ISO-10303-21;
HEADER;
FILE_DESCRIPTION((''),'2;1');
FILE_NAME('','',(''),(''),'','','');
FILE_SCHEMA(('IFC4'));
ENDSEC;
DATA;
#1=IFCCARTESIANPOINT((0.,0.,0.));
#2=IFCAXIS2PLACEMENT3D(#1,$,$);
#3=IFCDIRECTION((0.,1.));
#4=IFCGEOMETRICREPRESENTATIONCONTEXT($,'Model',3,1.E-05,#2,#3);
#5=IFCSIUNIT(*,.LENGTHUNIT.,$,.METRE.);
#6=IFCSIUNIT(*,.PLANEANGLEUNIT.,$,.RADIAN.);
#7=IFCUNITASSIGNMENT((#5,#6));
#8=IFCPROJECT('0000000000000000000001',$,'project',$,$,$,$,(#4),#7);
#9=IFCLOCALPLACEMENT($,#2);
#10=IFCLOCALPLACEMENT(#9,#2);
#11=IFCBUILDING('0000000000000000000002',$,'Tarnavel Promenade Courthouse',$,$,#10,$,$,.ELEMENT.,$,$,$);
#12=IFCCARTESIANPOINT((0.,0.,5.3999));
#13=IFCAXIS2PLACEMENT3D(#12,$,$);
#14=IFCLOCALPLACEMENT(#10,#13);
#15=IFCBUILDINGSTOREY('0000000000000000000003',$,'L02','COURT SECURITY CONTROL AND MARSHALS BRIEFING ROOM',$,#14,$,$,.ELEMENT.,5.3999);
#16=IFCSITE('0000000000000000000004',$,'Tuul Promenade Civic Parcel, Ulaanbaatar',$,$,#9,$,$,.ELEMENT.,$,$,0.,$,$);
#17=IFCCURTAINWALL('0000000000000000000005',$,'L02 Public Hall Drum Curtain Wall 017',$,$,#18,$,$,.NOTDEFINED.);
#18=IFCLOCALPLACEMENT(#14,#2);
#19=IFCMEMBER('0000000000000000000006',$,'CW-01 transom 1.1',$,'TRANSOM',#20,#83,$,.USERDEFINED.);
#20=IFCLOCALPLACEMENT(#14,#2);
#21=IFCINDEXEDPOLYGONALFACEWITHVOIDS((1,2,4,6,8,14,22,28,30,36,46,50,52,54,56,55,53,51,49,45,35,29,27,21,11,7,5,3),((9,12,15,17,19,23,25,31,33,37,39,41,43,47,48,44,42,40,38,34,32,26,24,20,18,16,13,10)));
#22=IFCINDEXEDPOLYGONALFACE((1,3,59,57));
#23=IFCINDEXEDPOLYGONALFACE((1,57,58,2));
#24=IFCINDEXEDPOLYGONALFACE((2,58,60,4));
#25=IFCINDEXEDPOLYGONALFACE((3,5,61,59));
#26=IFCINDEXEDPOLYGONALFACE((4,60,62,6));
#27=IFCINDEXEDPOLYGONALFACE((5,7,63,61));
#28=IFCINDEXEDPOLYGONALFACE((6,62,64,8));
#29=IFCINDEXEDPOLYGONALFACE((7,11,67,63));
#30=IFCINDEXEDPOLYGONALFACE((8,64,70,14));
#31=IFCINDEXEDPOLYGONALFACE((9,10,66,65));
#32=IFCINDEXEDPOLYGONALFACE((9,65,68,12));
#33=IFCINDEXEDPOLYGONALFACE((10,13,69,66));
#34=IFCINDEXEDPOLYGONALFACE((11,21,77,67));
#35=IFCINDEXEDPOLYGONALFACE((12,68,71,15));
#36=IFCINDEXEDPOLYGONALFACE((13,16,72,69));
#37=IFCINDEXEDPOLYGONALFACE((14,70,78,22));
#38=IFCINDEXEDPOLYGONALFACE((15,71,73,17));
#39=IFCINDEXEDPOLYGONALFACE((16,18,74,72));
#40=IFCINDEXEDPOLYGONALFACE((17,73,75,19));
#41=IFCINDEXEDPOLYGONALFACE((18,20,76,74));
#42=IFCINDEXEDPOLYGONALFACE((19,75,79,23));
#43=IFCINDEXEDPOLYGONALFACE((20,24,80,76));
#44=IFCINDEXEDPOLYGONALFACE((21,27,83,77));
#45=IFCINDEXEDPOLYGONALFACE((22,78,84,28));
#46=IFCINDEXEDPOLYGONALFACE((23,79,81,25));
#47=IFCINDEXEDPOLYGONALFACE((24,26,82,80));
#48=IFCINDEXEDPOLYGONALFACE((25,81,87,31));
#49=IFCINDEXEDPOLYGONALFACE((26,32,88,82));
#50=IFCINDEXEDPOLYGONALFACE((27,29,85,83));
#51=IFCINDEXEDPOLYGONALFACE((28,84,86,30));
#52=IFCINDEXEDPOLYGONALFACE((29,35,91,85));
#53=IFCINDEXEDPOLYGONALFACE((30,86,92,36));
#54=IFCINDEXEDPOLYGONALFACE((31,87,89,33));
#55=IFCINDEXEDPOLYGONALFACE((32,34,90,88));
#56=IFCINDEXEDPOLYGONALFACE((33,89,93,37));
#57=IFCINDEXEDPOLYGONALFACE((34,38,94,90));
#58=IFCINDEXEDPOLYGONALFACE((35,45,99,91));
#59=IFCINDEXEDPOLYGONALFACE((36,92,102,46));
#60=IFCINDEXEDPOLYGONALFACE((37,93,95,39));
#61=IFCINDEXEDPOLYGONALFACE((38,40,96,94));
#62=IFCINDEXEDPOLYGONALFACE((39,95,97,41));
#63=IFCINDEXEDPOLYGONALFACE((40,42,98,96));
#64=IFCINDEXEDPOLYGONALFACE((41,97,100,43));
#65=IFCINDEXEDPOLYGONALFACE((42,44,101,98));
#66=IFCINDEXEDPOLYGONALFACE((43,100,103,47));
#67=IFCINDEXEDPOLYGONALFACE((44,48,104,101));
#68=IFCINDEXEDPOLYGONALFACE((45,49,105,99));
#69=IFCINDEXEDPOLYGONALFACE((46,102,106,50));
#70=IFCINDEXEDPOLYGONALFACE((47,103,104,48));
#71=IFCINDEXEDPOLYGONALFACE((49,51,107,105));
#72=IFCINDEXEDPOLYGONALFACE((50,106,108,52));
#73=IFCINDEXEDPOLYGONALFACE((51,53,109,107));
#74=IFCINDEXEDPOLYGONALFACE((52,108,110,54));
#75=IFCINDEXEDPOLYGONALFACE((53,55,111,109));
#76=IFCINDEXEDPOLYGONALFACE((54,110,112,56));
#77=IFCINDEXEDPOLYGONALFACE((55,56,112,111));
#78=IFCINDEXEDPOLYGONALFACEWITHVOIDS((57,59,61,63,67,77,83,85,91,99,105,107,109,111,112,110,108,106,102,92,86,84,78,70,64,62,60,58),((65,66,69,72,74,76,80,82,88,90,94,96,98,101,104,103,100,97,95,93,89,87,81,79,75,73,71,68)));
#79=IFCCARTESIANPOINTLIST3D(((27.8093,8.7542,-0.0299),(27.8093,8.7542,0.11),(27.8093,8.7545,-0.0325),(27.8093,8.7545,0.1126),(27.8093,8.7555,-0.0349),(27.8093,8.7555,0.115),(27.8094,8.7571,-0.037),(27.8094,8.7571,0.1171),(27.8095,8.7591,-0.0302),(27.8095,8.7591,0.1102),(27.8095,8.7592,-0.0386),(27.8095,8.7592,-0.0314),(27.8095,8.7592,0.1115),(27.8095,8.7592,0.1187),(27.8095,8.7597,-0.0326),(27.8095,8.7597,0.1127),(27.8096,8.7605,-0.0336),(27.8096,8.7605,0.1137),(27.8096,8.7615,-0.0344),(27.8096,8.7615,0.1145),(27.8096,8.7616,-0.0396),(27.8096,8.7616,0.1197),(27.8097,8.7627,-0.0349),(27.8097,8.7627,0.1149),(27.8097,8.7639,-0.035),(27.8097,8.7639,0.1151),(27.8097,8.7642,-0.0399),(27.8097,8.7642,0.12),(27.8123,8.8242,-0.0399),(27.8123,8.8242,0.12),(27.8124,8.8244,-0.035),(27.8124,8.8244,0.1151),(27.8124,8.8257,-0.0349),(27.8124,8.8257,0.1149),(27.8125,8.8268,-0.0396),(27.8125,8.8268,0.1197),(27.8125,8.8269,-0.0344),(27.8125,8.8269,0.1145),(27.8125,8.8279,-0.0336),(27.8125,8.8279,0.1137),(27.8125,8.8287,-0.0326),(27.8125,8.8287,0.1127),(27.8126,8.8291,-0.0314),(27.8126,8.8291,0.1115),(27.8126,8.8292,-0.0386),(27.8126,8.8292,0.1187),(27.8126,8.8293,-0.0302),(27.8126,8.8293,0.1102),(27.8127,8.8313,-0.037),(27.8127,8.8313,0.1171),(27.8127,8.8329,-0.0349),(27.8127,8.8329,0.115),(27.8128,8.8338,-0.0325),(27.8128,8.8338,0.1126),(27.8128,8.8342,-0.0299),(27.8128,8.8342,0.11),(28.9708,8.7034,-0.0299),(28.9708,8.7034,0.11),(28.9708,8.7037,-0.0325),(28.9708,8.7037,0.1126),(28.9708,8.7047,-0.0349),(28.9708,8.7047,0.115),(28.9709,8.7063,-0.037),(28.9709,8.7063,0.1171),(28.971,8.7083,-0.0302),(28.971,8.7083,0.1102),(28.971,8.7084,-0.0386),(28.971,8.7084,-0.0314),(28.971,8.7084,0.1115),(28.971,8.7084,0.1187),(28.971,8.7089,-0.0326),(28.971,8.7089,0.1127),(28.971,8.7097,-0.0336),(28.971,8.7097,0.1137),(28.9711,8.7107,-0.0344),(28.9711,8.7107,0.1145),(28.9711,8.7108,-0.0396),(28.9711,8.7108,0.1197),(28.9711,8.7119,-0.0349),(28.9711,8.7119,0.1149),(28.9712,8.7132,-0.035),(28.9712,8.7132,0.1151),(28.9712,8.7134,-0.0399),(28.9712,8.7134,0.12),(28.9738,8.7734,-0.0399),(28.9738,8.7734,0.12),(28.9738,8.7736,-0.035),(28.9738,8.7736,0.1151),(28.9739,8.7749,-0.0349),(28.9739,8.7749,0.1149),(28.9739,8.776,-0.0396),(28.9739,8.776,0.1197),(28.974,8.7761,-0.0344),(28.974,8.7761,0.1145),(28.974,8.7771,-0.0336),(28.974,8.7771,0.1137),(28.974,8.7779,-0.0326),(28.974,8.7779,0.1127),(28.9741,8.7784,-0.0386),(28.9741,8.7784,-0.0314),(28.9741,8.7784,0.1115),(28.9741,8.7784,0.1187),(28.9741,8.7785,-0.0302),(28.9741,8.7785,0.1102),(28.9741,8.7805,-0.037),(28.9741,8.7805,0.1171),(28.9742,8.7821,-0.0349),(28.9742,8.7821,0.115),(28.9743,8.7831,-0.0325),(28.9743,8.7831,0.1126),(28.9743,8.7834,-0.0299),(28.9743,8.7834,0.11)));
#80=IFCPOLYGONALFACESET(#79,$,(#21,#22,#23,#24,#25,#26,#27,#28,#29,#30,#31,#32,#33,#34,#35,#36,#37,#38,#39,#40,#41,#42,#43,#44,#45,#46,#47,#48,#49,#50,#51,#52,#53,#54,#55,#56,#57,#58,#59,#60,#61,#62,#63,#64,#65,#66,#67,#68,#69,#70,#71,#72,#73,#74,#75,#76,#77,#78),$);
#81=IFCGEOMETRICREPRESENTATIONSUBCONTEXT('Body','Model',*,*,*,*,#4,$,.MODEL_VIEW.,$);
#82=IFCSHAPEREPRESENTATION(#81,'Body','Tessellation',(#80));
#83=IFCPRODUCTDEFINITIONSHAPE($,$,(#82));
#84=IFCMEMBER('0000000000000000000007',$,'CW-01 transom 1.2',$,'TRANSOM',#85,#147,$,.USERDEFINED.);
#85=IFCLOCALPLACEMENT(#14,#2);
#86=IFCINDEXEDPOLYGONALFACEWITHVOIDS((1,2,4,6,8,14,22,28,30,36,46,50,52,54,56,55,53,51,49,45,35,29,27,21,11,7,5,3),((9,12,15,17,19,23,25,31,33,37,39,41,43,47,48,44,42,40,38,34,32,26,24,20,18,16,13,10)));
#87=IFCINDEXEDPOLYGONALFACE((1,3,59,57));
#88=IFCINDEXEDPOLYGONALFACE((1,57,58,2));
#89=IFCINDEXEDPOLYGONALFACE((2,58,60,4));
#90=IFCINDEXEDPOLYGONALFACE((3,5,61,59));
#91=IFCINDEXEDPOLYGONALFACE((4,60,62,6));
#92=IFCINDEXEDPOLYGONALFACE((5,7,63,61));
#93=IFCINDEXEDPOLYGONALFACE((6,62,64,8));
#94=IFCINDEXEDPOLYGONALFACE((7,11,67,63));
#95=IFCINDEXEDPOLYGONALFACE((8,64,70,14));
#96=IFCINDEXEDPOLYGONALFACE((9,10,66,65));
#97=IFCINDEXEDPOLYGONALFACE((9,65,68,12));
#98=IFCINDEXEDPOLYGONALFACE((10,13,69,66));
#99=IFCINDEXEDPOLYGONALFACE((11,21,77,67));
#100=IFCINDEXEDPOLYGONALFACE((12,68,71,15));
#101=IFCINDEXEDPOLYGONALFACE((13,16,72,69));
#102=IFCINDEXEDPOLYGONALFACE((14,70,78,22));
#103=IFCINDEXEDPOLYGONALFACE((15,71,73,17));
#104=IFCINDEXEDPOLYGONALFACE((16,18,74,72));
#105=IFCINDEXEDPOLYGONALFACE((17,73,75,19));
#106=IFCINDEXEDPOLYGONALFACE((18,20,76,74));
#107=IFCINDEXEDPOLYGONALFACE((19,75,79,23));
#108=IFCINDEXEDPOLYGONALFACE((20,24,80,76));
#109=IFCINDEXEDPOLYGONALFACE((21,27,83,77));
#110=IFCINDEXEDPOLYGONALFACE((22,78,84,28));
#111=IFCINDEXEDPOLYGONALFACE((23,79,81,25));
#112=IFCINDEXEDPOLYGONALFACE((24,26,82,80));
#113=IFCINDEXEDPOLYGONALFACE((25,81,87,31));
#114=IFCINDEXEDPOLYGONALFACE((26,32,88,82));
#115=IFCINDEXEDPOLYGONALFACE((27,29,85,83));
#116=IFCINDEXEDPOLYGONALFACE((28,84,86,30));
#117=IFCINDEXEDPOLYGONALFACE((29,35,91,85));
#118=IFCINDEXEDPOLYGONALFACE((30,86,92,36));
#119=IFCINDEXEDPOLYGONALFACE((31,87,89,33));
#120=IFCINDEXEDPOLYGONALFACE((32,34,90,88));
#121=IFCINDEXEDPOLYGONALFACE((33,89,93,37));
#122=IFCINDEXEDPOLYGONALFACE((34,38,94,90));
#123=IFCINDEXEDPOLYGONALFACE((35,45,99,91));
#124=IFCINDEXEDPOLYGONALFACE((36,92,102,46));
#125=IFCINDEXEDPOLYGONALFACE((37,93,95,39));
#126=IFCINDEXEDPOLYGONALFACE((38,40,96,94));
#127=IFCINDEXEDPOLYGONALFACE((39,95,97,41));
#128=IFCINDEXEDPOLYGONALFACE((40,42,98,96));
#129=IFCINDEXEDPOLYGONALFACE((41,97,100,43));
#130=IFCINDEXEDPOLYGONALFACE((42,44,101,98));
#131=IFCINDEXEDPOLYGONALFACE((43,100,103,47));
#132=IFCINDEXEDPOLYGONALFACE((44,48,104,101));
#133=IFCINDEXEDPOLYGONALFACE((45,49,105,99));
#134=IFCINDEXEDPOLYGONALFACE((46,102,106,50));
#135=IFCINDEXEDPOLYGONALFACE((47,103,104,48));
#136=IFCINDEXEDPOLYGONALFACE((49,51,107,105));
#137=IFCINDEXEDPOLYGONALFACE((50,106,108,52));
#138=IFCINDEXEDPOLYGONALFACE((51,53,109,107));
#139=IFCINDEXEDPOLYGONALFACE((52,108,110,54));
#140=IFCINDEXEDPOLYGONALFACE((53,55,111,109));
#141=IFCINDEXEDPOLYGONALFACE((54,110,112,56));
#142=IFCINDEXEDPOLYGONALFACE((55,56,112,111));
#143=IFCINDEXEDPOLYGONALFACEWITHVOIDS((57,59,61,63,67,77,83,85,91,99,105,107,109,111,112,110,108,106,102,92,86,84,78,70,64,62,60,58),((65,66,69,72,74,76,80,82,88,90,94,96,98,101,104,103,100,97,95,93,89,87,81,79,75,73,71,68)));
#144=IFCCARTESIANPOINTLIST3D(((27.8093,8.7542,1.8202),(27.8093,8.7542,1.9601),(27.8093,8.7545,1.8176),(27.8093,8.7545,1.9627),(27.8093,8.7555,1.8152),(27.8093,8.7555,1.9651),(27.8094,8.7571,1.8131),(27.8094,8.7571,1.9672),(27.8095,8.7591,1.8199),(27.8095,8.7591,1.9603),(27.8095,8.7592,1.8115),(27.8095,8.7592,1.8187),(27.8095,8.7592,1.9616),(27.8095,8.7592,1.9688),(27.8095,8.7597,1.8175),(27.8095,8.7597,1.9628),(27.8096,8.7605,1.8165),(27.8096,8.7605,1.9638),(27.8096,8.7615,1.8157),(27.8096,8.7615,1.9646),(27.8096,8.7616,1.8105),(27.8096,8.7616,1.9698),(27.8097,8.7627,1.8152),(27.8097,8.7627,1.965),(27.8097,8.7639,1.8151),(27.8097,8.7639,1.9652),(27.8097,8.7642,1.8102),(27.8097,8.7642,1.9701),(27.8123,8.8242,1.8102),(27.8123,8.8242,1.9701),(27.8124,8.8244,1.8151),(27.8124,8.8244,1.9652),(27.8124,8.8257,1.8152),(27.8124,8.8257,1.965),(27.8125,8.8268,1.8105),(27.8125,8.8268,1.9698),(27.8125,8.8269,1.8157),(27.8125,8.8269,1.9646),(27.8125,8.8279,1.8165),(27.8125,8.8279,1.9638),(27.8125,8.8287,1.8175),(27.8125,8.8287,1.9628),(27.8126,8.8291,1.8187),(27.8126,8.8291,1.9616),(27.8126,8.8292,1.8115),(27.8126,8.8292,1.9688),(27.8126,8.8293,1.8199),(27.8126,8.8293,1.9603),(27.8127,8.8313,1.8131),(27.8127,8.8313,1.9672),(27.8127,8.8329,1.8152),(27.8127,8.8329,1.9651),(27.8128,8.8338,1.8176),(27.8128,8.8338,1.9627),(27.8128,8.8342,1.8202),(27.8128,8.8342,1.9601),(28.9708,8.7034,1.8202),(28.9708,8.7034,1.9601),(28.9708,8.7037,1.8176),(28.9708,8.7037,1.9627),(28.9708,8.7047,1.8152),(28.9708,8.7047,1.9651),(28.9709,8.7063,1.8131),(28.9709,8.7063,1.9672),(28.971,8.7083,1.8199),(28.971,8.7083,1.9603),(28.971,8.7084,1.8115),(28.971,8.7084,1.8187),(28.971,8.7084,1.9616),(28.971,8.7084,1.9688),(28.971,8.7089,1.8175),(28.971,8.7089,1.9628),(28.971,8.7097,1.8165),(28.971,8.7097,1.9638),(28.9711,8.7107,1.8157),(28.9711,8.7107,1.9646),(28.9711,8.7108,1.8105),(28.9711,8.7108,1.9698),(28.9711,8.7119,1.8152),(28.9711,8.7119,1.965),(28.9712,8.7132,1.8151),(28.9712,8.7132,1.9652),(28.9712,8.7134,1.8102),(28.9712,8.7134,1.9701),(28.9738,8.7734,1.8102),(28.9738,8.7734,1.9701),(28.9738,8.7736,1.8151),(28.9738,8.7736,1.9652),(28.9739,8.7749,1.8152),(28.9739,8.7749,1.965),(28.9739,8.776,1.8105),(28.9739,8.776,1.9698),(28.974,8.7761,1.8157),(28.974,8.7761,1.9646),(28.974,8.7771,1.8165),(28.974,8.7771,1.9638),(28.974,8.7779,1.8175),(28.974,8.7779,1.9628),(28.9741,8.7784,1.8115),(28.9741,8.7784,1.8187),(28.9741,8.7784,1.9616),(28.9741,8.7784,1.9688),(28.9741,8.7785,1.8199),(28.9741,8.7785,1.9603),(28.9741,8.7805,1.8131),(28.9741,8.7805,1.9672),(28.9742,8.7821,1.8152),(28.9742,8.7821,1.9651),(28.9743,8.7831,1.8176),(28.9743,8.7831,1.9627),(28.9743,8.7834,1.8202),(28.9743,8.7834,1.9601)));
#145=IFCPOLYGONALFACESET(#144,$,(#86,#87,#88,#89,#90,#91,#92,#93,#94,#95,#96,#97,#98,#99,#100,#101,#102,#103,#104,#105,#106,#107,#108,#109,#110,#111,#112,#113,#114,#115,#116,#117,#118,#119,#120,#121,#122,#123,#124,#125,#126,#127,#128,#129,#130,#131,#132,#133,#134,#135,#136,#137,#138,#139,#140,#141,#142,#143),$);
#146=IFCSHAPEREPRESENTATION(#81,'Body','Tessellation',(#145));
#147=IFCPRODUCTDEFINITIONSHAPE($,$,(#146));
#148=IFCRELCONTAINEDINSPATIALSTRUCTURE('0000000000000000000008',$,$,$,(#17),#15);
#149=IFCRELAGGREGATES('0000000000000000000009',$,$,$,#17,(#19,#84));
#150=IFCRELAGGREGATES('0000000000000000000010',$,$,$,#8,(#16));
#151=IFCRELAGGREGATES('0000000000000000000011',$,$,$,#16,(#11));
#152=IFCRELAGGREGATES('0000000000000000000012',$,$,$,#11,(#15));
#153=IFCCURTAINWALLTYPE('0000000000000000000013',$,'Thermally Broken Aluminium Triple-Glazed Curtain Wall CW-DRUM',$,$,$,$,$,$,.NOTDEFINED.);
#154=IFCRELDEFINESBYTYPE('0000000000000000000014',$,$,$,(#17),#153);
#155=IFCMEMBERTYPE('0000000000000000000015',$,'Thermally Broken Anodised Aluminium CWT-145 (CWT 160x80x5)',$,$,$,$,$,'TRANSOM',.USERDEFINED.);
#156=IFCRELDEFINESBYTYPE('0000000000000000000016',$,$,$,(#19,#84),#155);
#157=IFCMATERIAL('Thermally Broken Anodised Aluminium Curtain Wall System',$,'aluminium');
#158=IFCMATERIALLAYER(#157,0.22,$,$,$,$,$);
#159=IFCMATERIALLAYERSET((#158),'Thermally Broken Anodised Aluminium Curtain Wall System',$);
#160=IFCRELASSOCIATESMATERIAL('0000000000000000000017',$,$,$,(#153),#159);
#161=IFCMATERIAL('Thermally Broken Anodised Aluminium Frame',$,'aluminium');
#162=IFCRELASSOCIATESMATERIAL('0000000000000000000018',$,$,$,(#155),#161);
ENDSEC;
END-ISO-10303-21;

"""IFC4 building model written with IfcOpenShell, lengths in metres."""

from ifc_helpers import new_model, si_unit, direction, frame, origin, origin_2d, place, context, subcontext, project, spatial, hollow_rectangle, extrude, material, layer, layer_set, material_profile, profile_set, type_object, element, aggregate, save


model = new_model("IFC4")

# Units and contexts
model_context = context("Model", 3, precision=1e-05, world=origin(), true_north=direction((0.0, 1.0)))
body_context = subcontext(model_context, "Body", "Model", "MODEL_VIEW")
ifc_project = project(units=[si_unit("LENGTHUNIT", "METRE"), si_unit("PLANEANGLEUNIT", "RADIAN")], contexts=[model_context])

# Site, building, storey
site_placement = place(None, origin())
site = spatial("IfcSite", under=ifc_project, at=site_placement, Name="Tuul Promenade Civic Parcel, Ulaanbaatar", CompositionType="ELEMENT", RefElevation=0.0)
building_placement = place(site_placement, origin())
building = spatial("IfcBuilding", under=site, at=building_placement, Name="Tarnavel Promenade Courthouse", CompositionType="ELEMENT")
storey_placement = place(building_placement, frame((0.0, 0.0, 5.3999)))
storey = spatial("IfcBuildingStorey", under=building, at=storey_placement, Name="L02", Description="COURT SECURITY CONTROL AND MARSHALS BRIEFING ROOM", CompositionType="ELEMENT", Elevation=5.3999)

# Shared definitions
ifc_material_1 = material(Name="Thermally Broken Anodised Aluminium Curtain Wall System", Category="aluminium")
ifc_layer_1 = layer(ifc_material_1, 0.22)
ifc_layer_set_1 = layer_set([ifc_layer_1], Name="Thermally Broken Anodised Aluminium Curtain Wall System")
curtain_wall_type = type_object("IfcCurtainWallType", Name="Thermally Broken Aluminium Triple-Glazed Curtain Wall CW-DRUM", PredefinedType="NOTDEFINED", material=ifc_layer_set_1)
ifc_material_2 = material(Name="Thermally Broken Anodised Aluminium Frame", Category="aluminium")

# Curtain wall
curtain_wall_1_placement = place(storey_placement, origin())
curtain_wall_1 = element("IfcCurtainWall", 1, at=curtain_wall_1_placement, inside=storey, type_object=curtain_wall_type, Name="L02 Public Hall Drum Curtain Wall 017", PredefinedType="NOTDEFINED")

# Members
ifc_material_profile_1 = material_profile(ifc_material_2, hollow_rectangle(XDim=0.0801, YDim=0.1599, WallThickness=0.0049, InnerFilletRadius=0.0049, OuterFilletRadius=0.01, at=origin_2d()), Name="CWT 160x80x5")
ifc_profile_set_1 = profile_set([ifc_material_profile_1], Name="Thermally Broken Anodised Aluminium Frame")
member_type_1 = type_object("IfcMemberType", Name="Thermally Broken Anodised Aluminium CWT-145 (CWT 160x80x5)", ElementType="TRANSOM", PredefinedType="USERDEFINED", material=ifc_profile_set_1)
member_1_placement = place(storey_placement, frame((27.811, 8.7942, 0.04), z_axis=(0.999045, -0.043683, 0.0), x_axis=(0.043683, 0.999045, 0.0)))
member_1 = element("IfcMember", 2, at=member_1_placement, type_object=member_type_1, Name="CW-01 transom 1.1", ObjectType="TRANSOM", PredefinedType="USERDEFINED", context=body_context, shape_type="SweptSolid", body=[
    extrude(hollow_rectangle(XDim=0.0801, YDim=0.1599, WallThickness=0.0049, InnerFilletRadius=0.0049, OuterFilletRadius=0.01, at=origin_2d()), origin(), (0.0, 0.0, 1.0), 1.1626),
])
member_2_placement = place(storey_placement, frame((27.811, 8.7942, 1.8901), z_axis=(0.999045, -0.043683, 0.0), x_axis=(0.043683, 0.999045, 0.0)))
member_2 = element("IfcMember", 3, at=member_2_placement, type_object=member_type_1, Name="CW-01 transom 1.2", ObjectType="TRANSOM", PredefinedType="USERDEFINED", context=body_context, shape_type="SweptSolid", body=[
    extrude(hollow_rectangle(XDim=0.0801, YDim=0.1599, WallThickness=0.0049, InnerFilletRadius=0.0049, OuterFilletRadius=0.01, at=origin_2d()), origin(), (0.0, 0.0, 1.0), 1.1626),
])

aggregate(curtain_wall_1, [member_1, member_2])

save(model, "model.ifc")
